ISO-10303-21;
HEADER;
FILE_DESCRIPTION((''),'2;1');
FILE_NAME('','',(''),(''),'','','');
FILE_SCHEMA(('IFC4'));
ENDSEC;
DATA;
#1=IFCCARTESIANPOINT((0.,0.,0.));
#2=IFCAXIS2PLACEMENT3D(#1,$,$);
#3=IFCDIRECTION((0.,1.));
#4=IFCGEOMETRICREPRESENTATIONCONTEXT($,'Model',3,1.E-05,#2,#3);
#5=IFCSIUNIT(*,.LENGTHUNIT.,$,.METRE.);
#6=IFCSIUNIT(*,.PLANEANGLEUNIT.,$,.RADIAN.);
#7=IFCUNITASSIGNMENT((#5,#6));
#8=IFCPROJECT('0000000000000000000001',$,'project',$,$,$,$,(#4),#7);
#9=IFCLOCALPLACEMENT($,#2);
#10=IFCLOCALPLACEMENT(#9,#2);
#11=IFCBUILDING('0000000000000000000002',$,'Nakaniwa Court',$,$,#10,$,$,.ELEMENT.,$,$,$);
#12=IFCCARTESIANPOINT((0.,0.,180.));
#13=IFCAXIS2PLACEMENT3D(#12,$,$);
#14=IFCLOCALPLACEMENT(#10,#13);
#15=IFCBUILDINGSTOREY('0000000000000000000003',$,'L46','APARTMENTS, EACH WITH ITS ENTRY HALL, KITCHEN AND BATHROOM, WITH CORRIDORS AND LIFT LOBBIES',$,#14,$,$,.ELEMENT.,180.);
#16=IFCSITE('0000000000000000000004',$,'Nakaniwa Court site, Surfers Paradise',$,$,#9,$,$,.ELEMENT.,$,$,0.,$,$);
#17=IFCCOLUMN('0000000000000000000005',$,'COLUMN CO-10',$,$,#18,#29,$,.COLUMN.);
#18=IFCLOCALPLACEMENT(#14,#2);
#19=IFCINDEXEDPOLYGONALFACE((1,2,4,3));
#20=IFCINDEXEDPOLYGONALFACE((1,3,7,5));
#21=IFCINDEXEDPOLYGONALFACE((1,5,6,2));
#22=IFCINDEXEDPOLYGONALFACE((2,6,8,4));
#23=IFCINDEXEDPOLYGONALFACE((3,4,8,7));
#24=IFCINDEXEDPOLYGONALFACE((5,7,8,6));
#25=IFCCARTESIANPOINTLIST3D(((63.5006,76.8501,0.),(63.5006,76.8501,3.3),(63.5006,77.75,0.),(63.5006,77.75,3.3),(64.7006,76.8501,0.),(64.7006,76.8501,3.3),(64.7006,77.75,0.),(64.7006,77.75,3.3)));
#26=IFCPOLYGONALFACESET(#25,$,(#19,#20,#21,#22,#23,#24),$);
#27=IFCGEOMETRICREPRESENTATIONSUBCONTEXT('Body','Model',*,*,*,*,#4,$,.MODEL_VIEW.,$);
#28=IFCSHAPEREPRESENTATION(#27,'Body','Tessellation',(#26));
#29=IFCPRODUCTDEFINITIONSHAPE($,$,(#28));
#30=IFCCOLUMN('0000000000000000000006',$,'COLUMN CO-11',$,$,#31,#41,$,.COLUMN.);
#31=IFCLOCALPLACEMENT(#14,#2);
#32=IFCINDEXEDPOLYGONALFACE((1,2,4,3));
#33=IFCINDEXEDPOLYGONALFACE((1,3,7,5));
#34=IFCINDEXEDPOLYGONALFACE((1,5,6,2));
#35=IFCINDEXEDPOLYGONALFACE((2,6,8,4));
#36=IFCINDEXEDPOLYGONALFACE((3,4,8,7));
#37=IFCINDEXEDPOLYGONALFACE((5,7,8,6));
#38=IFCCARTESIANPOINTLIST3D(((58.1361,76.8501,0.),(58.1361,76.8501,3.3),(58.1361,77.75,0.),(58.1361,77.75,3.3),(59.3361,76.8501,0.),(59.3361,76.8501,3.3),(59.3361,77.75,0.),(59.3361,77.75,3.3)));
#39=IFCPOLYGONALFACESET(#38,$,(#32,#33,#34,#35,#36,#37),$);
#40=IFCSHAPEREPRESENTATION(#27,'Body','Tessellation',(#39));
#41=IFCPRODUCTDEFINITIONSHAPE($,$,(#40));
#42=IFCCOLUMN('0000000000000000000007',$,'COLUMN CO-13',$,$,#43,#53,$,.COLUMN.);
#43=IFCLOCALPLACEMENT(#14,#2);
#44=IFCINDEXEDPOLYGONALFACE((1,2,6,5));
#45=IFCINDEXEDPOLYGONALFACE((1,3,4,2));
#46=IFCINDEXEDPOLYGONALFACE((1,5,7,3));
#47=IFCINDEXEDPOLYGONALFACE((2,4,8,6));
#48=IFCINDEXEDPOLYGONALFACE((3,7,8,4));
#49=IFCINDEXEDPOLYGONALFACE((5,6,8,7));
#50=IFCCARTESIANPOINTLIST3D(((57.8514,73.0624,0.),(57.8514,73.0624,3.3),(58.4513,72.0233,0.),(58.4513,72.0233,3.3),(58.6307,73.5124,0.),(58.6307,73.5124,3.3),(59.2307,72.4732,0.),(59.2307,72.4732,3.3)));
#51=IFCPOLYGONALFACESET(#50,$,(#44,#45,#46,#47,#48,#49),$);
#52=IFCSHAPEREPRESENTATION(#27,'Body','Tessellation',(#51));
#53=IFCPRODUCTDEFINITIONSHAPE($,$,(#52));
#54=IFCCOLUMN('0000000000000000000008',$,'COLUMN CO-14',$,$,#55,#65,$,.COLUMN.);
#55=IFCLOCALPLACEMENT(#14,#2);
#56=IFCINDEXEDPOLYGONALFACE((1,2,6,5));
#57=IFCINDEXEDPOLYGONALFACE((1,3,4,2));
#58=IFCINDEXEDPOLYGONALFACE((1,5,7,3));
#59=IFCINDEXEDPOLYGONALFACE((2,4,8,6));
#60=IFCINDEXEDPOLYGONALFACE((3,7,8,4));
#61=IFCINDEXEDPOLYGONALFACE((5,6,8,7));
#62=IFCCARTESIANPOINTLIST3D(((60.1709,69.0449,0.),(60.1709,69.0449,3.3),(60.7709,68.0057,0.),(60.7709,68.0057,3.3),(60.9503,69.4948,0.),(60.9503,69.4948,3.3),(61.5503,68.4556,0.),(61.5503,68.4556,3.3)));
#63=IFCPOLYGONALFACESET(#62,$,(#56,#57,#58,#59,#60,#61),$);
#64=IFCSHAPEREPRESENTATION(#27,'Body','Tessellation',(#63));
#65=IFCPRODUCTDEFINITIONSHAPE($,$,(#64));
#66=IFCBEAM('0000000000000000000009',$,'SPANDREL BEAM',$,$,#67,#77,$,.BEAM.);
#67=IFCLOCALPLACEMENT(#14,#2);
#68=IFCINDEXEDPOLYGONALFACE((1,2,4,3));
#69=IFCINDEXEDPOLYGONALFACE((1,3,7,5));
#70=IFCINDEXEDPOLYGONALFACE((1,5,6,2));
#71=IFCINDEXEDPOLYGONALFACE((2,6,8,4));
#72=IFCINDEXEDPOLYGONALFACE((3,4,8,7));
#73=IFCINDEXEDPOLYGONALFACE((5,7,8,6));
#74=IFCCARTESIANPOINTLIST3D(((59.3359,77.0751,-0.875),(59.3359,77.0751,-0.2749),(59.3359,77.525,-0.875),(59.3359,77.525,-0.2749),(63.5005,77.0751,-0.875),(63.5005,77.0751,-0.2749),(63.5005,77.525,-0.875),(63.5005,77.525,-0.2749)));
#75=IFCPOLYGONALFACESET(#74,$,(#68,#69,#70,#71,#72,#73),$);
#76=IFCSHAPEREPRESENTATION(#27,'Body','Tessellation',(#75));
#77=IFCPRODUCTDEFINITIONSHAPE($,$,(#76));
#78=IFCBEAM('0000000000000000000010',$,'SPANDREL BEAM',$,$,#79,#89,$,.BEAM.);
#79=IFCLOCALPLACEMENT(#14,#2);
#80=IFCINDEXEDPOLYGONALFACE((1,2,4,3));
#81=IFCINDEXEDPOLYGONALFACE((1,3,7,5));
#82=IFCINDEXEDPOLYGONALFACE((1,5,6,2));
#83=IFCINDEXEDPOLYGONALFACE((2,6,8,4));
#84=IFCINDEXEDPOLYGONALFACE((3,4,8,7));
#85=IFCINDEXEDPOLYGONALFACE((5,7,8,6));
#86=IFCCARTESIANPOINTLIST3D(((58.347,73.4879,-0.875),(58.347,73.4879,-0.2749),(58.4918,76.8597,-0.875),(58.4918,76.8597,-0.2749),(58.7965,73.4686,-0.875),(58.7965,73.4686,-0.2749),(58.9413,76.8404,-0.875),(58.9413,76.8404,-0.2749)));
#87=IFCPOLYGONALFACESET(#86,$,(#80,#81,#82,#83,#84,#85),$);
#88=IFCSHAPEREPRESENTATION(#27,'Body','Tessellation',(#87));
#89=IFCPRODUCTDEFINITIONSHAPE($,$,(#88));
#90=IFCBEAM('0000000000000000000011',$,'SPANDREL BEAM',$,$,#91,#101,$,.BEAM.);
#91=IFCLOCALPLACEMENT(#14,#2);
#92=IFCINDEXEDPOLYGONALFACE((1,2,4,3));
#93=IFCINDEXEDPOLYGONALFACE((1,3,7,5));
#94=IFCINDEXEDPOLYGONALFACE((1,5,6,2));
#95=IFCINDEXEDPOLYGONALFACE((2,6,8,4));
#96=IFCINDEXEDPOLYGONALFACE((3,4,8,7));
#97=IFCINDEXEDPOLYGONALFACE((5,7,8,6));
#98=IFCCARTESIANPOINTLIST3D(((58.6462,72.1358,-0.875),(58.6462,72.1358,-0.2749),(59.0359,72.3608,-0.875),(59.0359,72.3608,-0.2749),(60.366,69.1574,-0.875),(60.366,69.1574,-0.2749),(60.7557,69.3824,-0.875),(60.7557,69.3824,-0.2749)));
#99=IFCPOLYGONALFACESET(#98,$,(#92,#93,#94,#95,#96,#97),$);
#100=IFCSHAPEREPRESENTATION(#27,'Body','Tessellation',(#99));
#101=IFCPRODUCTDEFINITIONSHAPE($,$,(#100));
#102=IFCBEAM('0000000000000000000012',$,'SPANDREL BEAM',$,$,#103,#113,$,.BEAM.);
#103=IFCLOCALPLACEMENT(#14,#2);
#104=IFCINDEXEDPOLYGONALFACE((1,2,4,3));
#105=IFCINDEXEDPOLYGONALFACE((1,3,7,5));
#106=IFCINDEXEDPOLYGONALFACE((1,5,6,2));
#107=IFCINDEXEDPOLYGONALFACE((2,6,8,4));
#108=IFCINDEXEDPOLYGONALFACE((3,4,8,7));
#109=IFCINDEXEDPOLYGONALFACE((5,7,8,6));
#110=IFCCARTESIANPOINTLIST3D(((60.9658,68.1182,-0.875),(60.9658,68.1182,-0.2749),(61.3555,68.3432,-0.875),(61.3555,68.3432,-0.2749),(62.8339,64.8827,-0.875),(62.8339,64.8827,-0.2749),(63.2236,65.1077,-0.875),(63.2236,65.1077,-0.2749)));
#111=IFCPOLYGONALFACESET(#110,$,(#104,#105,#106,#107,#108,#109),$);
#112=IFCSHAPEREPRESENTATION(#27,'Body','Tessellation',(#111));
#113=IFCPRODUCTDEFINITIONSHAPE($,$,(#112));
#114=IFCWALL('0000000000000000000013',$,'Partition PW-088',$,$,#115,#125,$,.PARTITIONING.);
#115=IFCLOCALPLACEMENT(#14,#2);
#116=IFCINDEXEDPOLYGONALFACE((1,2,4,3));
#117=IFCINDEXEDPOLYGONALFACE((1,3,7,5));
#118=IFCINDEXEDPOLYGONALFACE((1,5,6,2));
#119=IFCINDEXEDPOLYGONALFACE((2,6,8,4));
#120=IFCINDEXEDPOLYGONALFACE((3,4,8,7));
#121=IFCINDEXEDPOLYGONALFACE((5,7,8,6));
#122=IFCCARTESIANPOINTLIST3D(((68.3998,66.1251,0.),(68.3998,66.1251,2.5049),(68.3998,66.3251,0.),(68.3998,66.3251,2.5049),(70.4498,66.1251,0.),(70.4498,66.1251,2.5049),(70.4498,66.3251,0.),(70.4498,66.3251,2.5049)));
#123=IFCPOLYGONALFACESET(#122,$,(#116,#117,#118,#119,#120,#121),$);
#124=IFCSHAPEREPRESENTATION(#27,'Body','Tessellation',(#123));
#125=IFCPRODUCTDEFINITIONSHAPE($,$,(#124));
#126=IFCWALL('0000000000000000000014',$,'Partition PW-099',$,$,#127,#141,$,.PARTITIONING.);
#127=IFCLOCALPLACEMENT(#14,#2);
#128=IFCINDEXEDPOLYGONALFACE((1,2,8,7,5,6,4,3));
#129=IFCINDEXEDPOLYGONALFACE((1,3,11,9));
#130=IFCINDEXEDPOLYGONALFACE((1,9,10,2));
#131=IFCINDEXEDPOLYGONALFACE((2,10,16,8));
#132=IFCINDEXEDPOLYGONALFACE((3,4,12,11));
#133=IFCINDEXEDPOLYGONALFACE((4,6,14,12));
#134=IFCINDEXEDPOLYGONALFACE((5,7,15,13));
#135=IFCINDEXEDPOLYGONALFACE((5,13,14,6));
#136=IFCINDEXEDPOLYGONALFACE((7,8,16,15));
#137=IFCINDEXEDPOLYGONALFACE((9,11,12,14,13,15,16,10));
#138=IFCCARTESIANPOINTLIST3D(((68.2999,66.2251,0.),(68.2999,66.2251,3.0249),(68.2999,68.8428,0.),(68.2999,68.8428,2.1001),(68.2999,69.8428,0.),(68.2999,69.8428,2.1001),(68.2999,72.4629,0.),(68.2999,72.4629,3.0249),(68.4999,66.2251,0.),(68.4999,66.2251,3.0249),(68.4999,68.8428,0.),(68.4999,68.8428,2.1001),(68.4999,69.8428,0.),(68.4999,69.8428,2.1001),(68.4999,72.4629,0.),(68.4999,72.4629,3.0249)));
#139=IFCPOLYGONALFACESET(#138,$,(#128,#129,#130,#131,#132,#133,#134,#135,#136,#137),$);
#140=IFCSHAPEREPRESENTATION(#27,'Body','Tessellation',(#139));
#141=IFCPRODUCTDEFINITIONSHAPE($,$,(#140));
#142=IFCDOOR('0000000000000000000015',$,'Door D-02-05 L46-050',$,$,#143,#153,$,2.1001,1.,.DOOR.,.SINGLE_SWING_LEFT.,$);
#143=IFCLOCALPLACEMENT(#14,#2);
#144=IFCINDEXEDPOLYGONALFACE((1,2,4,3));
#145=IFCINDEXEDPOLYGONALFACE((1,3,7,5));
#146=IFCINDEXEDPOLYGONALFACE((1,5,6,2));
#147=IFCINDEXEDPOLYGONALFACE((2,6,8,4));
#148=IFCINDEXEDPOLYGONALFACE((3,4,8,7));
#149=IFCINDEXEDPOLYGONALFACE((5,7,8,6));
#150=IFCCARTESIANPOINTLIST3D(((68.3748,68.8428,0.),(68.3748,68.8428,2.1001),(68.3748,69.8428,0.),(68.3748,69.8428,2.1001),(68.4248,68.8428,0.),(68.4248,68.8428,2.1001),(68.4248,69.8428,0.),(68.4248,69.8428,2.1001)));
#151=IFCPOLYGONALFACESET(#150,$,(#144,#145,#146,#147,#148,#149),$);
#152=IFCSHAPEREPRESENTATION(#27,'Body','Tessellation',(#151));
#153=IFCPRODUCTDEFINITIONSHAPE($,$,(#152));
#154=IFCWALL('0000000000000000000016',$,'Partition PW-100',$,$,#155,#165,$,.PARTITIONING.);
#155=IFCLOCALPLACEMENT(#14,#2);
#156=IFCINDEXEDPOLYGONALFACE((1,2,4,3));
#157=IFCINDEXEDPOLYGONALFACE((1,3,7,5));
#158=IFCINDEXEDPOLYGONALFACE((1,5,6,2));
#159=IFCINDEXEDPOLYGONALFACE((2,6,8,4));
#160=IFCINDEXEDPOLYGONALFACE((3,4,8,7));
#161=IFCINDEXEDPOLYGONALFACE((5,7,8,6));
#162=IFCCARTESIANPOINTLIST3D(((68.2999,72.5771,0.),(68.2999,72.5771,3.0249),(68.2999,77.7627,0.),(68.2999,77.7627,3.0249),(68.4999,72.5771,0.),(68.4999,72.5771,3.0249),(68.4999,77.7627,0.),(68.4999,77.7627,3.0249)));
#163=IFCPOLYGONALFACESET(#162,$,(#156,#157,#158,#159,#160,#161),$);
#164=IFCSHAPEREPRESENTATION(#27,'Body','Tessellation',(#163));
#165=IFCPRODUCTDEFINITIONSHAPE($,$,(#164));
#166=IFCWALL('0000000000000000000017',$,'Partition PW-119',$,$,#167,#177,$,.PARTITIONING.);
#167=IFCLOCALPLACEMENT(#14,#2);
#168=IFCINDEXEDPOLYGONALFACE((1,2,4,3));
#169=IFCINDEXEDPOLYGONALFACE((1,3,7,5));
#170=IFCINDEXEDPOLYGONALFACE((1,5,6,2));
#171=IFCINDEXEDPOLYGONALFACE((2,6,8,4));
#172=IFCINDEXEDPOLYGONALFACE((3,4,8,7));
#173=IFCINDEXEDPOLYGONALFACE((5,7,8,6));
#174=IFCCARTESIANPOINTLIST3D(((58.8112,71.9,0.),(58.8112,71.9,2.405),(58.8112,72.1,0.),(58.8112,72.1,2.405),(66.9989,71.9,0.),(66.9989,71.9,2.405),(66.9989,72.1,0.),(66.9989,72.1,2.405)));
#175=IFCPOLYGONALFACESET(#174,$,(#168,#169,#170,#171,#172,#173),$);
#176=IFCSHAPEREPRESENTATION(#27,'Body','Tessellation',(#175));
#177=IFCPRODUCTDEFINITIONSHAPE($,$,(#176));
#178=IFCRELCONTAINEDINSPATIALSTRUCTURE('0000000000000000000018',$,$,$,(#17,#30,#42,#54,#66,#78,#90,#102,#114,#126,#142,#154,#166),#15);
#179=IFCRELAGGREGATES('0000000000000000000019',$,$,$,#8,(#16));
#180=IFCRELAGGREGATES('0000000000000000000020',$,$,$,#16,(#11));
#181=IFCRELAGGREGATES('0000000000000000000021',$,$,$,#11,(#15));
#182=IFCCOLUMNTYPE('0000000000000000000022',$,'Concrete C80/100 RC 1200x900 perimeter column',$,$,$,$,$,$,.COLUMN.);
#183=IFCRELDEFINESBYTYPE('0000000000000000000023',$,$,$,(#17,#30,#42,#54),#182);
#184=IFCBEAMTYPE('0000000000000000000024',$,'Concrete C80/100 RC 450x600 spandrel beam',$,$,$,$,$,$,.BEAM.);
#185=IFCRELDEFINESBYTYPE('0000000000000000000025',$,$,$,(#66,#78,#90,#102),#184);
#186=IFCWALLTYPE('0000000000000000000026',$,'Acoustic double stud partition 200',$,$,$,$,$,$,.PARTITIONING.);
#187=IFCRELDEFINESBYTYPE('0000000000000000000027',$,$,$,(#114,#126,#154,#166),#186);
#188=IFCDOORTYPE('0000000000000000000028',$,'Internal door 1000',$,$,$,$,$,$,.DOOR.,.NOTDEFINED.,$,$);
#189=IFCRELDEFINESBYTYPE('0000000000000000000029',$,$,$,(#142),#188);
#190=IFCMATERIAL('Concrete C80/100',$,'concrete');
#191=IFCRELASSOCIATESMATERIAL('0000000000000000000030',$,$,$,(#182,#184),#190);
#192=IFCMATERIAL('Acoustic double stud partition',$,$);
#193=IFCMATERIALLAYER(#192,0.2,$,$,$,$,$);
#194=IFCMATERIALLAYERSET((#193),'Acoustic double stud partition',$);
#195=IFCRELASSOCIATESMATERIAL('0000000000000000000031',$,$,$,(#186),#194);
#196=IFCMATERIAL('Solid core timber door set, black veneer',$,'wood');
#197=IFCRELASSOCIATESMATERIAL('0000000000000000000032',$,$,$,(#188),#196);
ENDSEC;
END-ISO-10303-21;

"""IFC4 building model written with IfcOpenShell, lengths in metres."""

from ifc_helpers import new_model, si_unit, direction, frame, frame_2d, origin, origin_2d, place, context, subcontext, project, spatial, rectangle, extrude, material, layer, layer_set, material_profile, profile_set, type_object, element, fill, save


model = new_model("IFC4")

# Units and contexts
model_context = context("Model", 3, precision=1e-05, world=origin(), true_north=direction((0.0, 1.0)))
body_context = subcontext(model_context, "Body", "Model", "MODEL_VIEW")
ifc_project = project(units=[si_unit("LENGTHUNIT", "METRE"), si_unit("PLANEANGLEUNIT", "RADIAN")], contexts=[model_context])

# Site, building, storey
site_placement = place(None, origin())
site = spatial("IfcSite", under=ifc_project, at=site_placement, Name="Nakaniwa Court site, Surfers Paradise", CompositionType="ELEMENT", RefElevation=0.0)
building_placement = place(site_placement, origin())
building = spatial("IfcBuilding", under=site, at=building_placement, Name="Nakaniwa Court", CompositionType="ELEMENT")
storey_placement = place(building_placement, frame((0.0, 0.0, 180.0)))
storey = spatial("IfcBuildingStorey", under=building, at=storey_placement, Name="L46", Description="APARTMENTS, EACH WITH ITS ENTRY HALL, KITCHEN AND BATHROOM, WITH CORRIDORS AND LIFT LOBBIES", CompositionType="ELEMENT", Elevation=180.0)

# Columns
ifc_material_1 = material(Name="Concrete C80/100", Category="concrete")
ifc_material_profile_1 = material_profile(ifc_material_1, rectangle(XDim=1.2, YDim=0.8999, at=origin_2d()), Name="Concrete C80/100 RC 1200x900 perimeter column")
ifc_profile_set_1 = profile_set([ifc_material_profile_1], Name="Concrete C80/100")
column_type = type_object("IfcColumnType", Name="Concrete C80/100 RC 1200x900 perimeter column", PredefinedType="COLUMN", material=ifc_profile_set_1)
for number, where, z_axis, x_axis, name in (
    (1, (64.1006, 77.3, 0.0), (0.0, 0.0, 1.0), (-1.0, 0.0, 0.0), "COLUMN CO-10"),
    (2, (58.7361, 77.3, 0.0), (0.0, 0.0, 1.0), (-1.0, 0.0, 0.0), "COLUMN CO-11"),
    (3, (58.541, 72.7678, 0.0), (0.0, 0.0, 1.0), (0.5, -0.866025, 0.0), "COLUMN CO-13"),
    (4, (60.8606, 68.7502, 0.0), (0.0, 0.0, 1.0), (0.5, -0.866025, 0.0), "COLUMN CO-14"),
):
    element("IfcColumn", number, at=place(storey_placement, frame(where, z_axis=z_axis, x_axis=x_axis)), inside=storey, type_object=column_type, Name=name, PredefinedType="COLUMN", context=body_context, shape_type="SweptSolid", body=[
        extrude(rectangle(XDim=1.2, YDim=0.8999, at=origin_2d()), origin(), (0.0, 0.0, 1.0), 3.3),
    ])

# Beams
ifc_material_profile_2 = material_profile(ifc_material_1, rectangle(XDim=0.45, YDim=0.6001, at=origin_2d()), Name="Concrete C80/100 RC 450x600 spandrel beam")
ifc_profile_set_2 = profile_set([ifc_material_profile_2], Name="Concrete C80/100")
beam_type = type_object("IfcBeamType", Name="Concrete C80/100 RC 450x600 spandrel beam", PredefinedType="BEAM", material=ifc_profile_set_2)
beam_1_placement = place(storey_placement, frame((63.5005, 77.3, -0.575), z_axis=(-1.0, 0.0, 0.0), x_axis=(0.0, -1.0, 0.0)))
element("IfcBeam", 5, at=beam_1_placement, inside=storey, type_object=beam_type, Name="SPANDREL BEAM", PredefinedType="BEAM", context=body_context, shape_type="SweptSolid", body=[
    extrude(rectangle(XDim=0.45, YDim=0.6001, at=origin_2d()), origin(), (0.0, 0.0, 1.0), 4.1646),
])
beam_2_placement = place(storey_placement, frame((58.7166, 76.8501, -0.575), z_axis=(-0.042897, -0.999079, 0.0), x_axis=(0.999079, -0.042897, 0.0)))
element("IfcBeam", 6, at=beam_2_placement, inside=storey, type_object=beam_type, Name="SPANDREL BEAM", PredefinedType="BEAM", context=body_context, shape_type="SweptSolid", body=[
    extrude(rectangle(XDim=0.45, YDim=0.6001, at=origin_2d()), origin(), (0.0, 0.0, 1.0), 3.375),
])
beam_3_placement = place(storey_placement, frame((58.8411, 72.2483, -0.575), z_axis=(0.500048, -0.865998, 0.0), x_axis=(0.865998, 0.500048, 0.0)))
element("IfcBeam", 7, at=beam_3_placement, inside=storey, type_object=beam_type, Name="SPANDREL BEAM", PredefinedType="BEAM", context=body_context, shape_type="SweptSolid", body=[
    extrude(rectangle(XDim=0.45, YDim=0.6001, at=origin_2d()), origin(), (0.0, 0.0, 1.0), 3.4392),
])
beam_4_placement = place(storey_placement, frame((61.1606, 68.2307, -0.575), z_axis=(0.500018, -0.866015, 0.0), x_axis=(0.866015, 0.500018, 0.0)))
element("IfcBeam", 8, at=beam_4_placement, inside=storey, type_object=beam_type, Name="SPANDREL BEAM", PredefinedType="BEAM", context=body_context, shape_type="SweptSolid", body=[
    extrude(rectangle(XDim=0.45, YDim=0.6001, at=origin_2d()), origin(), (0.0, 0.0, 1.0), 3.7361),
])

# Wall
ifc_material_2 = material(Name="Acoustic double stud partition")
ifc_layer_1 = layer(ifc_material_2, 0.2)
ifc_layer_set_1 = layer_set([ifc_layer_1], Name="Acoustic double stud partition")
wall_type_1 = type_object("IfcWallType", Name="Acoustic double stud partition 200", PredefinedType="PARTITIONING", material=ifc_layer_set_1)
wall_1_placement = place(storey_placement, frame((68.3999, 66.2251, 0.0), z_axis=(0.0, 0.0, 1.0), x_axis=(1.0, 0.0, 0.0)))
element("IfcWall", 9, at=wall_1_placement, inside=storey, type_object=wall_type_1, Name="Partition PW-088", PredefinedType="PARTITIONING", context=body_context, shape_type="SweptSolid", body=[
    extrude(rectangle(XDim=2.05, YDim=0.2, at=frame_2d((1.0249, 0.0))), origin(), (0.0, 0.0, 1.0), 2.5049),
])

# Wall, opening, door
wall_2_placement = place(storey_placement, frame((68.3999, 72.4629, 0.0), z_axis=(0.0, 0.0, 1.0), x_axis=(0.0, -1.0, 0.0)))
wall_2 = element("IfcWall", 10, at=wall_2_placement, inside=storey, type_object=wall_type_1, Name="Partition PW-099", PredefinedType="PARTITIONING", context=body_context, shape_type="SweptSolid", body=[
    extrude(rectangle(XDim=6.2378, YDim=0.2, at=frame_2d((3.1189, 0.0))), origin(), (0.0, 0.0, 1.0), 3.0249),
])
opening_1_placement = place(wall_2_placement, frame((2.6201, 0.0, 0.0)))
opening_1 = element("IfcOpeningElement", 11, at=opening_1_placement, cuts=wall_2, PredefinedType="OPENING", context=body_context, shape_type="SweptSolid", body=[
    extrude(rectangle(XDim=1.0, YDim=2.1001, at=frame_2d((0.5, 1.05))), frame((0.0, 0.1099, 0.0), z_axis=(0.0, -1.0, 0.0), x_axis=(1.0, 0.0, 0.0)), (0.0, 0.0, 1.0), 0.22),
])
ifc_material_3 = material(Name="Solid core timber door set, black veneer", Category="wood")
door_type_1 = type_object("IfcDoorType", Name="Internal door 1000", OperationType="NOTDEFINED", PredefinedType="DOOR", material=ifc_material_3)
door_1_placement = place(opening_1_placement, origin())
door_1 = element("IfcDoor", 12, at=door_1_placement, inside=storey, type_object=door_type_1, Name="Door D-02-05 L46-050", OperationType="SINGLE_SWING_LEFT", OverallHeight=2.1001, OverallWidth=1.0, PredefinedType="DOOR", context=body_context, shape_type="SweptSolid", body=[
    extrude(rectangle(XDim=1.0, YDim=2.1001, at=frame_2d((0.5, 1.05))), frame((0.0, 0.0249, 0.0), z_axis=(0.0, -1.0, 0.0), x_axis=(1.0, 0.0, 0.0)), (0.0, 0.0, 1.0), 0.05),
])
fill(opening_1, door_1)

# Walls
wall_3_placement = place(storey_placement, frame((68.3999, 72.5771, 0.0), z_axis=(0.0, 0.0, 1.0), x_axis=(0.0, 1.0, 0.0)))
element("IfcWall", 13, at=wall_3_placement, inside=storey, type_object=wall_type_1, Name="Partition PW-100", PredefinedType="PARTITIONING", context=body_context, shape_type="SweptSolid", body=[
    extrude(rectangle(XDim=5.1855, YDim=0.2, at=frame_2d((2.5928, 0.0))), origin(), (0.0, 0.0, 1.0), 3.0249),
])
wall_4_placement = place(storey_placement, frame((58.8113, 72.0, 0.0), z_axis=(0.0, 0.0, 1.0), x_axis=(1.0, 0.0, 0.0)))
element("IfcWall", 14, at=wall_4_placement, inside=storey, type_object=wall_type_1, Name="Partition PW-119", PredefinedType="PARTITIONING", context=body_context, shape_type="SweptSolid", body=[
    extrude(rectangle(XDim=8.1877, YDim=0.2, at=frame_2d((4.0938, 0.0))), origin(), (0.0, 0.0, 1.0), 2.405),
])

save(model, "model.ifc")
